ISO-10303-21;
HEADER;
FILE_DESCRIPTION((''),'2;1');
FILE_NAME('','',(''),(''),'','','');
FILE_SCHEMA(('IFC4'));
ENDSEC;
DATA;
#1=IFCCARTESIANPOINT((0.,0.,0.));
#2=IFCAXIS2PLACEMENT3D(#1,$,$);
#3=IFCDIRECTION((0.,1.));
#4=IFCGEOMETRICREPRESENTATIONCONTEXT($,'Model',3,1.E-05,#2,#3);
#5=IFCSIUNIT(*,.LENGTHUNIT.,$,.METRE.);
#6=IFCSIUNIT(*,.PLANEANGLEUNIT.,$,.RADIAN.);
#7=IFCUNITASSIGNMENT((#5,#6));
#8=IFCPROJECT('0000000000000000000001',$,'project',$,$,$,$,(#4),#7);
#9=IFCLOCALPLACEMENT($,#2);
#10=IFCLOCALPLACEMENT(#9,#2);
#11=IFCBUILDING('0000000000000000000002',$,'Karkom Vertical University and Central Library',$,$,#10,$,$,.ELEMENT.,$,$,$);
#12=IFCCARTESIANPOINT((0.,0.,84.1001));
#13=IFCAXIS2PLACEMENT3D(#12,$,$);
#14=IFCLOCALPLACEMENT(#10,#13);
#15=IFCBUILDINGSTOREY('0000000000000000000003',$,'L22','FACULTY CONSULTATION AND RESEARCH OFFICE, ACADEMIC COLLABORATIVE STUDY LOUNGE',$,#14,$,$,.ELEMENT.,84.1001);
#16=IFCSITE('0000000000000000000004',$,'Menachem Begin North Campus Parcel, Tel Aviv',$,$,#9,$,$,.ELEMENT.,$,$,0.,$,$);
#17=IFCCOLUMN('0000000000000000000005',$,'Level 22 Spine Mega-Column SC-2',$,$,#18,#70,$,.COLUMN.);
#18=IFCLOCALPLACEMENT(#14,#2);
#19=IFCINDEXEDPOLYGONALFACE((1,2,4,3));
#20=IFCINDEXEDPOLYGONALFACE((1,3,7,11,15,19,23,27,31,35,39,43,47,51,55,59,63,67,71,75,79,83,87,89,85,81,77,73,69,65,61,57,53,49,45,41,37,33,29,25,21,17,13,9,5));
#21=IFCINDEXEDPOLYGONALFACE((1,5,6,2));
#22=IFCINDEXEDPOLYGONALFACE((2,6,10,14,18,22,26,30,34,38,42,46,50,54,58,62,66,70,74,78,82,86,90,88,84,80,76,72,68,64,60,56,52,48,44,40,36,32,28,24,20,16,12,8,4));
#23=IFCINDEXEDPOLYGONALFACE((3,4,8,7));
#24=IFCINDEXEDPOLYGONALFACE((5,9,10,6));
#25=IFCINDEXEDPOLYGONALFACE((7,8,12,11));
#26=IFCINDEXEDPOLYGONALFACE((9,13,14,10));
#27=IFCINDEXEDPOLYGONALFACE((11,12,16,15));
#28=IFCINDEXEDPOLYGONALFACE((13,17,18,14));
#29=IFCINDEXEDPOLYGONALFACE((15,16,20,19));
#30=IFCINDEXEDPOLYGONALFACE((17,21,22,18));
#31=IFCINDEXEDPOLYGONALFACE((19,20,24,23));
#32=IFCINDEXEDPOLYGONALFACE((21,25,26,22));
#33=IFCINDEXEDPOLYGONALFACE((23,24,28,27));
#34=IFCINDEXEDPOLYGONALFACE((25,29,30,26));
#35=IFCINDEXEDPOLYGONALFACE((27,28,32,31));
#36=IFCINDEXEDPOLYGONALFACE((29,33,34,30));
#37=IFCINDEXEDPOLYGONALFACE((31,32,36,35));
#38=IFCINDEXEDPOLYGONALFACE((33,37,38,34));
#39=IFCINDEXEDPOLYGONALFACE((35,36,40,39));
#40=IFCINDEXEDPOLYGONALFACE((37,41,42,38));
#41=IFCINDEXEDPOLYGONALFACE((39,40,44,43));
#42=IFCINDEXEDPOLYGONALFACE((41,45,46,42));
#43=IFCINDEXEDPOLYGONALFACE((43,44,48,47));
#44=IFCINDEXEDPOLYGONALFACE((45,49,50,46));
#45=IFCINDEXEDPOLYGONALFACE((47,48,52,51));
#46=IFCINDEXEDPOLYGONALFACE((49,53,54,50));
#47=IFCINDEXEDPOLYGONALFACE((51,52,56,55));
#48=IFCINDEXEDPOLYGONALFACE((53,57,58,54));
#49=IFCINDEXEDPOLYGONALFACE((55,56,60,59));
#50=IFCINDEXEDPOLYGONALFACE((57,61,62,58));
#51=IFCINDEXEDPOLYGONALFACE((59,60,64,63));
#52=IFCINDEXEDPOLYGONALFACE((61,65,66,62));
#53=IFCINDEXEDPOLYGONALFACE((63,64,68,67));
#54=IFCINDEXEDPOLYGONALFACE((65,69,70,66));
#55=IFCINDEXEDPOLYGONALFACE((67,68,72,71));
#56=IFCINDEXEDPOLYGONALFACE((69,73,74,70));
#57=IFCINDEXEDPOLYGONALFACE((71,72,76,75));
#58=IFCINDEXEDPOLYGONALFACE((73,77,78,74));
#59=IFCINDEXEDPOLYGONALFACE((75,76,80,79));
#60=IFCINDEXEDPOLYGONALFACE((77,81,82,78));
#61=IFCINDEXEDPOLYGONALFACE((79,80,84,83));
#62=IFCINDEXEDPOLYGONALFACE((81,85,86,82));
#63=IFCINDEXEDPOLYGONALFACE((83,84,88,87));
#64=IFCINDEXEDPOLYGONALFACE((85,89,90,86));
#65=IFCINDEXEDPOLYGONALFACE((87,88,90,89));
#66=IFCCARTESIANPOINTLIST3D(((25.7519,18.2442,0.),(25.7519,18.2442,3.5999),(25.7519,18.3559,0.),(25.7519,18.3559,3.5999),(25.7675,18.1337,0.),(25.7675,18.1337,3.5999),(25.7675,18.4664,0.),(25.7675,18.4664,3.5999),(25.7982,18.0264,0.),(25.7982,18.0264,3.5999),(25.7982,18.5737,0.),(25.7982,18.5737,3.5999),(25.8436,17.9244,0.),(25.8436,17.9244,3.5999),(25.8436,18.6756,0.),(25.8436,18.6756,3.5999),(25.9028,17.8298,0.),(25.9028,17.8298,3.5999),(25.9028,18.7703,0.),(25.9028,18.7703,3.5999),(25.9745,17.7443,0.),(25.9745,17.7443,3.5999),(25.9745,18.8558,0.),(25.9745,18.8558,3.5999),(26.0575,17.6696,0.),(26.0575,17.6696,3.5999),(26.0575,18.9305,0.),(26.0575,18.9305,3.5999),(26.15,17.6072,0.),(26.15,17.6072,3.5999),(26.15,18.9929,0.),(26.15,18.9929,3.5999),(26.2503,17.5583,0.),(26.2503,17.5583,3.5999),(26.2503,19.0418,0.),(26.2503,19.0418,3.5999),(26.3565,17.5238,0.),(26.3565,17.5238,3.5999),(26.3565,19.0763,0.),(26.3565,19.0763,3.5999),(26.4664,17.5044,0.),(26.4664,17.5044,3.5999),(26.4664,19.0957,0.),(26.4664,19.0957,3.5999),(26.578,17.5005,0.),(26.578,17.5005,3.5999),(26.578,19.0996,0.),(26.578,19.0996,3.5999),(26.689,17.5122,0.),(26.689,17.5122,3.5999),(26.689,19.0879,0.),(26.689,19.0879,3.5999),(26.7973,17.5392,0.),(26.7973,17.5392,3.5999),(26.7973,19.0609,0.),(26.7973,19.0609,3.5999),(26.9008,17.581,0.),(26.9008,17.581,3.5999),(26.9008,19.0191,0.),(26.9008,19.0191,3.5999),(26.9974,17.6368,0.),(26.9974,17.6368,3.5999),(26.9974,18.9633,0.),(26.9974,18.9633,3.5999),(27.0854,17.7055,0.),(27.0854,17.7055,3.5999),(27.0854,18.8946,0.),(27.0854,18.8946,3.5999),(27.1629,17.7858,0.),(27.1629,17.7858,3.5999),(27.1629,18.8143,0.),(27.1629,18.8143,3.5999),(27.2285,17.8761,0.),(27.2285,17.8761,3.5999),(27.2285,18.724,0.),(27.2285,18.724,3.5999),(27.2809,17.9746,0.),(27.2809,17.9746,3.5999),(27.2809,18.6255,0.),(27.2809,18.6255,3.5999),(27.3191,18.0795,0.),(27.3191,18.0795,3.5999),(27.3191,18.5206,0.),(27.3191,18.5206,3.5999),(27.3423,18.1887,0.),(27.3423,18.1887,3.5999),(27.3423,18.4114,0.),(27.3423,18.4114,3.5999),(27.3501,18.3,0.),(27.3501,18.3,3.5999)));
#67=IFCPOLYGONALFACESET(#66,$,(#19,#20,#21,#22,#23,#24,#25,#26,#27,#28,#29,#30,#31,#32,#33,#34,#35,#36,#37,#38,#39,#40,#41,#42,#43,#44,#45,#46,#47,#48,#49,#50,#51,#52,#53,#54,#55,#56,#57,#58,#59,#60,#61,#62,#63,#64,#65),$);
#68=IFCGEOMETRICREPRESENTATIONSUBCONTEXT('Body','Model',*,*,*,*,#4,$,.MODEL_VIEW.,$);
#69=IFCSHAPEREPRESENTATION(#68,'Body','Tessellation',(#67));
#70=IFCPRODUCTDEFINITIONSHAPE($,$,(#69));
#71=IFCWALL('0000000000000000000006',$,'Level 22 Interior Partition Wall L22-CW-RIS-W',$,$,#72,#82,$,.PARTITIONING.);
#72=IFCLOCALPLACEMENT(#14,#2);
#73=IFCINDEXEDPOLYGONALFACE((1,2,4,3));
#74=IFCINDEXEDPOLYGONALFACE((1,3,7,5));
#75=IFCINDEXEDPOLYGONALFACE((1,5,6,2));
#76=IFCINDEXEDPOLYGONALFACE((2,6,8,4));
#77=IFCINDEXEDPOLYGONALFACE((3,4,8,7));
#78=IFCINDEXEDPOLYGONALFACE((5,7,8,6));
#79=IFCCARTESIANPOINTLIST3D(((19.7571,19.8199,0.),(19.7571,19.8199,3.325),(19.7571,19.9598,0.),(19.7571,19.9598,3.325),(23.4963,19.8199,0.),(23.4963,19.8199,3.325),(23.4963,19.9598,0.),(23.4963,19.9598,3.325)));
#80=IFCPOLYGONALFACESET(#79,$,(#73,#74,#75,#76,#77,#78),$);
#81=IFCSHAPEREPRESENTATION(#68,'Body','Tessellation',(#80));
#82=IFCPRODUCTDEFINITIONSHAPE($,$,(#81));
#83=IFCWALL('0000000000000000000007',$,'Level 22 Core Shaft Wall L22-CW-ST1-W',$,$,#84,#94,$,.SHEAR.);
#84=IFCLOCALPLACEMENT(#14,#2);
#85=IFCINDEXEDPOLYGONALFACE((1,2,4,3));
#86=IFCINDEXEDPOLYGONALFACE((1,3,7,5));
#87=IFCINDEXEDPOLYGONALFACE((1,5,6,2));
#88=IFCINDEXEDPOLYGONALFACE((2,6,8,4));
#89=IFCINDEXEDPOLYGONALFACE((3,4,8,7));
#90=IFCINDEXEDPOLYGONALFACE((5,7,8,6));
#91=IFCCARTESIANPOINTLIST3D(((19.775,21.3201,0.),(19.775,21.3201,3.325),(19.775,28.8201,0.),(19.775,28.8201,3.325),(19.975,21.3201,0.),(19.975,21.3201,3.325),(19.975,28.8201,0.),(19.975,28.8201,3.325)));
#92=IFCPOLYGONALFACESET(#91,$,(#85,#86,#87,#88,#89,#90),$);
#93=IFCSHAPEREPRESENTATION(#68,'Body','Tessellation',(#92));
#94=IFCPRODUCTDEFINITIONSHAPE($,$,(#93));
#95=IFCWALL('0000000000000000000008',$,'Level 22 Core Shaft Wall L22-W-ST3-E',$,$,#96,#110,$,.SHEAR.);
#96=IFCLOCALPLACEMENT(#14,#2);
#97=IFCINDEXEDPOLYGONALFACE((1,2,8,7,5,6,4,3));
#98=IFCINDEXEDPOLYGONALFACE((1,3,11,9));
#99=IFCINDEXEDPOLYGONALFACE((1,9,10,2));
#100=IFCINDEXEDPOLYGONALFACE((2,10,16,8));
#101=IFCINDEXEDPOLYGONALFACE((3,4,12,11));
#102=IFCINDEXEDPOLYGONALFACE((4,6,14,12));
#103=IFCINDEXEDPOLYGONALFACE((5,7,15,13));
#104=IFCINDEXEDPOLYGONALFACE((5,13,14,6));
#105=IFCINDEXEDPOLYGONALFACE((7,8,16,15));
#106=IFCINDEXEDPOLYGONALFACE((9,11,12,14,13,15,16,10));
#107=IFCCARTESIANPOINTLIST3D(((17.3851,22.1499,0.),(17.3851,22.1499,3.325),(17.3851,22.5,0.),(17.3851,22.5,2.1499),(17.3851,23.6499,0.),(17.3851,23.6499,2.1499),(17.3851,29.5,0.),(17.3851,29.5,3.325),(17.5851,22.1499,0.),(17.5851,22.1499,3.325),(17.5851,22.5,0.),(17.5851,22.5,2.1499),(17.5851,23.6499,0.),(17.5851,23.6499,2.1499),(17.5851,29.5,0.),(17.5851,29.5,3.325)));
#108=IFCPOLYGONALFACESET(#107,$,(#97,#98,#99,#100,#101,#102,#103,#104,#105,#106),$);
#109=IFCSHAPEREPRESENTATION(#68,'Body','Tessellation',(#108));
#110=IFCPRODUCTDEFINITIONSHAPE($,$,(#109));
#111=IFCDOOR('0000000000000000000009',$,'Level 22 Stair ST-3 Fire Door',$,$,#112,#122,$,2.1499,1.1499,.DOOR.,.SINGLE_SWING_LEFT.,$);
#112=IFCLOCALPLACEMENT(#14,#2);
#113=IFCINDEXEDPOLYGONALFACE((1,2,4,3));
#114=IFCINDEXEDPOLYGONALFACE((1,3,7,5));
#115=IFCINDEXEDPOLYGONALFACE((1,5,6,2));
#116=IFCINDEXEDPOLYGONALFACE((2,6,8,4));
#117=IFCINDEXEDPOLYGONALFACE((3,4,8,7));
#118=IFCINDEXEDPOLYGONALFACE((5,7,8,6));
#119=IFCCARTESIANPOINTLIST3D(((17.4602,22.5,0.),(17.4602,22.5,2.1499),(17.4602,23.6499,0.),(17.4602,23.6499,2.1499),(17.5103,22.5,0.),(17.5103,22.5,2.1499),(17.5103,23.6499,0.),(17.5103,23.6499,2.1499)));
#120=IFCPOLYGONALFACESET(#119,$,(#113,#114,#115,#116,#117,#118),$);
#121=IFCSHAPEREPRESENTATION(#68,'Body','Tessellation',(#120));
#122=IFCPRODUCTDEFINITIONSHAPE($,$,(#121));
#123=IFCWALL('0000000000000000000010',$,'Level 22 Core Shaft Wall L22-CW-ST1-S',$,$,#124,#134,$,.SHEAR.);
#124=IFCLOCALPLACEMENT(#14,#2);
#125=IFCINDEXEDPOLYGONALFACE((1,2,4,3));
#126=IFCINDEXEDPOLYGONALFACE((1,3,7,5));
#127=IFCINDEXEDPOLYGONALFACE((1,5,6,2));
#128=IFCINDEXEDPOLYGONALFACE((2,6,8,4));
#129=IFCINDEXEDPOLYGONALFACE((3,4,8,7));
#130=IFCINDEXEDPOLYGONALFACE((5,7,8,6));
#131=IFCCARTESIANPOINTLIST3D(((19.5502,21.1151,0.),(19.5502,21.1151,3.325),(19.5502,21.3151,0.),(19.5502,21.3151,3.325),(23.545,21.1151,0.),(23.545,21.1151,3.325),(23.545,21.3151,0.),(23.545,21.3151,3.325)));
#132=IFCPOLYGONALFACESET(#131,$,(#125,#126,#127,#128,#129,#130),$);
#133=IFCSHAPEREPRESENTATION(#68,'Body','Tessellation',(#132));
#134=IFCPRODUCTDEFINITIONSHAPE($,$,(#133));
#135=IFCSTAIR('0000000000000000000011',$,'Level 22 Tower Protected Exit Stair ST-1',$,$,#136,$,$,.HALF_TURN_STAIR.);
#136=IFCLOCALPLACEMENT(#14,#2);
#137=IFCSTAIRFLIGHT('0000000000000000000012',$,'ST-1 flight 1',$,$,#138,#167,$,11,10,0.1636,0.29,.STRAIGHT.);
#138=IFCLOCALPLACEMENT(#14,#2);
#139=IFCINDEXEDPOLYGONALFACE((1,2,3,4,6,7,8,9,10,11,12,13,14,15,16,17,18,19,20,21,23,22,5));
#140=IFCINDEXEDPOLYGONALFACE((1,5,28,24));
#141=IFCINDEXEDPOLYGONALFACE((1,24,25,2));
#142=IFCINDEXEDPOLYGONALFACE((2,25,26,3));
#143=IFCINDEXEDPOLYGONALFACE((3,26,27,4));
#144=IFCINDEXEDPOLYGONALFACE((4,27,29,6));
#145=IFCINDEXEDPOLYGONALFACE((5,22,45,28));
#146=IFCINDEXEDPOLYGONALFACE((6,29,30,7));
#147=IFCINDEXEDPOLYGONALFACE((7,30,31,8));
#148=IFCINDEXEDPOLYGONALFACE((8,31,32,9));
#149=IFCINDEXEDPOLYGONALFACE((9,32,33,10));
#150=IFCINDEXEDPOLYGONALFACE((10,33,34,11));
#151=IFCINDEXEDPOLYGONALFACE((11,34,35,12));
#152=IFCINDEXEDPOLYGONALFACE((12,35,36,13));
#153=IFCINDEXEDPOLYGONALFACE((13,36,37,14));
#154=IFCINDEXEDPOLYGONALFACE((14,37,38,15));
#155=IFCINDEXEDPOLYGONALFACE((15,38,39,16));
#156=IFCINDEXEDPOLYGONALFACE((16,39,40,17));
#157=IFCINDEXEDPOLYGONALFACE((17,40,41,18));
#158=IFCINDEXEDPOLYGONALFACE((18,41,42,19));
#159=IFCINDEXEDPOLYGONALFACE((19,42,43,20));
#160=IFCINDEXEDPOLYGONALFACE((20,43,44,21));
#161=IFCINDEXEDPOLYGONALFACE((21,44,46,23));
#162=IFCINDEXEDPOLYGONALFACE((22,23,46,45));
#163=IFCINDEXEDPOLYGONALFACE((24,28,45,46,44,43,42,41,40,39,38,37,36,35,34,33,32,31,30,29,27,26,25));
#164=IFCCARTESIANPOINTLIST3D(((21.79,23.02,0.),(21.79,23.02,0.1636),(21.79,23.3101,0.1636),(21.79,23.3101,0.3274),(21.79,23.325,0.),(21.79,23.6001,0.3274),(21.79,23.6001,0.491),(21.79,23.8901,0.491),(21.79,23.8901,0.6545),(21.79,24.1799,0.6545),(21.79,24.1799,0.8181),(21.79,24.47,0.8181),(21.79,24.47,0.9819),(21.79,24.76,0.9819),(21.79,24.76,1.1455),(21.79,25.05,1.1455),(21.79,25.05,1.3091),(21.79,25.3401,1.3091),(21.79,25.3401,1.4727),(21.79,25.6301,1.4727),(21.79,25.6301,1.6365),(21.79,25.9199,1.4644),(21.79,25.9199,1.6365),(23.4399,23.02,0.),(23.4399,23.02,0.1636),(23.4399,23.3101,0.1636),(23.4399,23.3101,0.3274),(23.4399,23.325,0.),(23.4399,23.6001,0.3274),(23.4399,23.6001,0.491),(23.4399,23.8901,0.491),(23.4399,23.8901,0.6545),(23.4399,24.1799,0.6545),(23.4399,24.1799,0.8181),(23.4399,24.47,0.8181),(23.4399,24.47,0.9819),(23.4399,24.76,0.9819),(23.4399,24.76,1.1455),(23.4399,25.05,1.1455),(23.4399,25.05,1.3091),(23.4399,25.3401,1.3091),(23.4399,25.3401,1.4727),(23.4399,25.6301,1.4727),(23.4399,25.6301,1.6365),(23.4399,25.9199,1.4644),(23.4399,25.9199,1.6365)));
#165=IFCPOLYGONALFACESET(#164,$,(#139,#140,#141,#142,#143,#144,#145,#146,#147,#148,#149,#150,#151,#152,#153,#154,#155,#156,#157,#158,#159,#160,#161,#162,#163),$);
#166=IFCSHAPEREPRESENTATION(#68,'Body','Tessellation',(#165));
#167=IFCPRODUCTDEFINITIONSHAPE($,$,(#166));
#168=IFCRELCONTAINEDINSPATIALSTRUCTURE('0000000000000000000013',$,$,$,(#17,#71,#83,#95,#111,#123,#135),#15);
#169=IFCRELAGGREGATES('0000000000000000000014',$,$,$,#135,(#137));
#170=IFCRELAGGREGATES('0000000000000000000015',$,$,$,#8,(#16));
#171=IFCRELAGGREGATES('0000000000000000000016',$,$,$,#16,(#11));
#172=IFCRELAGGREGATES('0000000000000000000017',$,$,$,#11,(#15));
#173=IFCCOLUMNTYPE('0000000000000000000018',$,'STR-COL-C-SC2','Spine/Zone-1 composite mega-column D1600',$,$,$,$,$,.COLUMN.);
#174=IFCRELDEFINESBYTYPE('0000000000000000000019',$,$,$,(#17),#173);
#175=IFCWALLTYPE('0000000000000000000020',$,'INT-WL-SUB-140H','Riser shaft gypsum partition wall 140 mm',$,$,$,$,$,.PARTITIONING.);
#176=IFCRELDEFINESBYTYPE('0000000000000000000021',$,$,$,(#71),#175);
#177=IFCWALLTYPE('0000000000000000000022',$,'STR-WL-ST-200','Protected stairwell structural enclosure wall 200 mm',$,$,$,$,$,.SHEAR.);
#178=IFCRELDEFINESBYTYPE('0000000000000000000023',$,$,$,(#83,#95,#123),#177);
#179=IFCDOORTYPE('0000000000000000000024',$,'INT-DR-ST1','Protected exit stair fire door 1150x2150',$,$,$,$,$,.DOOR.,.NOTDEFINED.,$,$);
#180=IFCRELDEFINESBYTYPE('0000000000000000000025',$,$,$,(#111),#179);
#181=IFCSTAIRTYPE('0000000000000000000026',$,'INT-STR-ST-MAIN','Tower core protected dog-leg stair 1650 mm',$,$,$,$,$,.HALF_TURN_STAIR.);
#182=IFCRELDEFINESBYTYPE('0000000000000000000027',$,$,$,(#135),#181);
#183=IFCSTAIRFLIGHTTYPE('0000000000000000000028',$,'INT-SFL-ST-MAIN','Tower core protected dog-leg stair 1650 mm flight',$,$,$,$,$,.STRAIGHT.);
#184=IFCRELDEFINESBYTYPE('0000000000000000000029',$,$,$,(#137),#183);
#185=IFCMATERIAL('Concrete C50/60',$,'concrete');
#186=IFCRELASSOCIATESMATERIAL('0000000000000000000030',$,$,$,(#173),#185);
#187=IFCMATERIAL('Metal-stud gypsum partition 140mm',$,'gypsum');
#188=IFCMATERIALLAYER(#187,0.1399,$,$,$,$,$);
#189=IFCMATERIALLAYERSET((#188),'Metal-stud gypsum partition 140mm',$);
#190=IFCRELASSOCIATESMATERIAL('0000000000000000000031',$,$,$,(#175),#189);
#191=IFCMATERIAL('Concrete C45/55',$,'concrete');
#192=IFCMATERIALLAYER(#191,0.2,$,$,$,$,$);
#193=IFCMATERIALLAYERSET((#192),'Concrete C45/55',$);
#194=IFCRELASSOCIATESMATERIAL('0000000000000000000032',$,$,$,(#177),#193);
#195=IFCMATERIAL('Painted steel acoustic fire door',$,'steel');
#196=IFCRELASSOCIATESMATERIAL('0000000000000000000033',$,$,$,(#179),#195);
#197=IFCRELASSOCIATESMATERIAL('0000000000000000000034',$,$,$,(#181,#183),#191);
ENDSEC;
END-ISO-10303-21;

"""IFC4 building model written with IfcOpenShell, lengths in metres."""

from ifc_helpers import new_model, si_unit, direction, frame, frame_2d, origin, origin_with_axes, origin_2d, place, context, subcontext, project, spatial, polyline, rectangle, circle, outline, extrude, source, transform, mapped, material, layer, layer_set, material_profile, profile_set, type_object, element, fill, aggregate, save


model = new_model("IFC4")

# Units and contexts
model_context = context("Model", 3, precision=1e-05, world=origin(), true_north=direction((0.0, 1.0)))
body_context = subcontext(model_context, "Body", "Model", "MODEL_VIEW")
ifc_project = project(units=[si_unit("LENGTHUNIT", "METRE"), si_unit("PLANEANGLEUNIT", "RADIAN")], contexts=[model_context])

# Site, building, storey
site_placement = place(None, origin())
site = spatial("IfcSite", under=ifc_project, at=site_placement, Name="Menachem Begin North Campus Parcel, Tel Aviv", CompositionType="ELEMENT", RefElevation=0.0)
building_placement = place(site_placement, origin())
building = spatial("IfcBuilding", under=site, at=building_placement, Name="Karkom Vertical University and Central Library", CompositionType="ELEMENT")
storey_placement = place(building_placement, frame((0.0, 0.0, 84.1001)))
storey = spatial("IfcBuildingStorey", under=building, at=storey_placement, Name="L22", Description="FACULTY CONSULTATION AND RESEARCH OFFICE, ACADEMIC COLLABORATIVE STUDY LOUNGE", CompositionType="ELEMENT", Elevation=84.1001)

# Column
ifc_material_1 = material(Name="Concrete C50/60", Category="concrete")
ifc_material_profile = material_profile(ifc_material_1, circle(Radius=0.8, at=origin_2d()), Name="CFT-D1600")
ifc_profile_set = profile_set([ifc_material_profile], Name="Concrete C50/60")
column_type = type_object("IfcColumnType", Name="STR-COL-C-SC2", Description="Spine/Zone-1 composite mega-column D1600", PredefinedType="COLUMN", material=ifc_profile_set)
shared_shape_1 = source(origin_with_axes(), body_context, "Body", "SweptSolid", [
    extrude(circle(Radius=0.8, at=origin_2d()), origin(), (0.0, 0.0, 1.0), 3.5999),
])
column_placement = place(storey_placement, frame((26.55, 18.3, 0.0), z_axis=(0.0, 0.0, 1.0), x_axis=(1.0, 0.0, 0.0)))
element("IfcColumn", 1, at=column_placement, inside=storey, type_object=column_type, Name="Level 22 Spine Mega-Column SC-2", PredefinedType="COLUMN", context=body_context, shape_type="MappedRepresentation", body=[
    mapped(shared_shape_1, transform((0.0, 0.0, 0.0), scale=1.0)),
])

# Wall
ifc_material_2 = material(Name="Metal-stud gypsum partition 140mm", Category="gypsum")
ifc_layer_1 = layer(ifc_material_2, 0.1399)
ifc_layer_set_1 = layer_set([ifc_layer_1], Name="Metal-stud gypsum partition 140mm")
wall_type_1 = type_object("IfcWallType", Name="INT-WL-SUB-140H", Description="Riser shaft gypsum partition wall 140 mm", PredefinedType="PARTITIONING", material=ifc_layer_set_1)
wall_1_placement = place(storey_placement, frame((19.7571, 19.8899, 0.0), z_axis=(0.0, 0.0, 1.0), x_axis=(1.0, 0.0, 0.0)))
element("IfcWall", 2, at=wall_1_placement, inside=storey, type_object=wall_type_1, Name="Level 22 Interior Partition Wall L22-CW-RIS-W", PredefinedType="PARTITIONING", context=body_context, shape_type="SweptSolid", body=[
    extrude(rectangle(XDim=3.7393, YDim=0.1399, at=frame_2d((1.8696, 0.0))), origin(), (0.0, 0.0, 1.0), 3.325),
])

# Shared definitions
ifc_material_3 = material(Name="Concrete C45/55", Category="concrete")
ifc_layer_2 = layer(ifc_material_3, 0.2)
ifc_layer_set_2 = layer_set([ifc_layer_2], Name="Concrete C45/55")
wall_type_2 = type_object("IfcWallType", Name="STR-WL-ST-200", Description="Protected stairwell structural enclosure wall 200 mm", PredefinedType="SHEAR", material=ifc_layer_set_2)
ifc_material_4 = material(Name="Painted steel acoustic fire door", Category="steel")
door_type_1 = type_object("IfcDoorType", Name="INT-DR-ST1", Description="Protected exit stair fire door 1150x2150", OperationType="NOTDEFINED", PredefinedType="DOOR", material=ifc_material_4)
shared_shape_2 = source(origin_with_axes(), body_context, "Body", "SweptSolid", [
    extrude(rectangle(XDim=1.1499, YDim=2.1499, at=frame_2d((0.575, 1.075))), frame((0.0, 0.0249, 0.0), z_axis=(0.0, -1.0, 0.0), x_axis=(1.0, 0.0, 0.0)), (0.0, 0.0, 1.0), 0.05),
])

# Wall
wall_2_placement = place(storey_placement, frame((19.875, 21.3201, 0.0), z_axis=(0.0, 0.0, 1.0), x_axis=(0.0, 1.0, 0.0)))
element("IfcWall", 3, at=wall_2_placement, inside=storey, type_object=wall_type_2, Name="Level 22 Core Shaft Wall L22-CW-ST1-W", PredefinedType="SHEAR", context=body_context, shape_type="SweptSolid", body=[
    extrude(rectangle(XDim=7.5, YDim=0.2, at=frame_2d((3.75, 0.0))), origin(), (0.0, 0.0, 1.0), 3.325),
])

# Wall, opening, door
wall_3_placement = place(storey_placement, frame((17.4851, 22.1499, 0.0), z_axis=(0.0, 0.0, 1.0), x_axis=(0.0, 1.0, 0.0)))
wall_3 = element("IfcWall", 4, at=wall_3_placement, inside=storey, type_object=wall_type_2, Name="Level 22 Core Shaft Wall L22-W-ST3-E", PredefinedType="SHEAR", context=body_context, shape_type="SweptSolid", body=[
    extrude(rectangle(XDim=7.3501, YDim=0.2, at=frame_2d((3.675, 0.0))), origin(), (0.0, 0.0, 1.0), 3.325),
])
opening_1_placement = place(wall_3_placement, frame((0.3501, 0.0, 0.0)))
opening_1 = element("IfcOpeningElement", 5, at=opening_1_placement, cuts=wall_3, PredefinedType="OPENING", context=body_context, shape_type="SweptSolid", body=[
    extrude(rectangle(XDim=1.1499, YDim=2.1499, at=frame_2d((0.575, 1.075))), frame((0.0, 0.1099, 0.0), z_axis=(0.0, -1.0, 0.0), x_axis=(1.0, 0.0, 0.0)), (0.0, 0.0, 1.0), 0.22),
])
door_1_placement = place(opening_1_placement, origin())
door_1 = element("IfcDoor", 6, at=door_1_placement, inside=storey, type_object=door_type_1, Name="Level 22 Stair ST-3 Fire Door", OperationType="SINGLE_SWING_LEFT", OverallHeight=2.1499, OverallWidth=1.1499, PredefinedType="DOOR", context=body_context, shape_type="MappedRepresentation", body=[
    mapped(shared_shape_2, transform((0.0, 0.0, 0.0), scale=1.0)),
])
fill(opening_1, door_1)

# Wall
wall_4_placement = place(storey_placement, frame((19.55, 21.2151, 0.0), z_axis=(0.0, 0.0, 1.0), x_axis=(1.0, 0.0, 0.0)))
element("IfcWall", 7, at=wall_4_placement, inside=storey, type_object=wall_type_2, Name="Level 22 Core Shaft Wall L22-CW-ST1-S", PredefinedType="SHEAR", context=body_context, shape_type="SweptSolid", body=[
    extrude(rectangle(XDim=3.9949, YDim=0.2, at=frame_2d((1.9976, 0.0))), origin(), (0.0, 0.0, 1.0), 3.325),
])

# Stair, stair flight
stair_type = type_object("IfcStairType", Name="INT-STR-ST-MAIN", Description="Tower core protected dog-leg stair 1650 mm", PredefinedType="HALF_TURN_STAIR", material=ifc_material_3)
stair_placement = place(storey_placement, origin())
stair = element("IfcStair", 8, at=stair_placement, inside=storey, type_object=stair_type, Name="Level 22 Tower Protected Exit Stair ST-1", PredefinedType="HALF_TURN_STAIR")
stair_flight_type = type_object("IfcStairFlightType", Name="INT-SFL-ST-MAIN", Description="Tower core protected dog-leg stair 1650 mm flight", PredefinedType="STRAIGHT", material=ifc_material_3)
stair_flight_placement = place(storey_placement, frame((22.615, 23.02, 0.0), z_axis=(0.0, 0.0, 1.0), x_axis=(0.0, 1.0, 0.0)))
stair_flight = element("IfcStairFlight", 9, at=stair_flight_placement, type_object=stair_flight_type, Name="ST-1 flight 1", NumberOfRisers=11, NumberOfTreads=10, PredefinedType="STRAIGHT", RiserHeight=0.1636, TreadLength=0.29, context=body_context, shape_type="SweptSolid", body=[
    extrude(outline(polyline([(0.0, 0.0), (0.0, 0.1636), (0.29, 0.1636), (0.29, 0.3274), (0.5801, 0.3274), (0.5801, 0.491), (0.8701, 0.491), (0.8701, 0.6545), (1.1599, 0.6545), (1.1599, 0.8181), (1.45, 0.8181), (1.45, 0.9819), (1.74, 0.9819), (1.74, 1.1455), (2.03, 1.1455), (2.03, 1.3091), (2.3201, 1.3091), (2.3201, 1.4727), (2.6101, 1.4727), (2.6101, 1.6365), (2.8999, 1.6365), (2.8999, 1.8), (2.8999, 1.4644), (0.3049, 0.0), (0.0, 0.0)])), frame((0.0, 0.825, 0.0), z_axis=(0.0, -1.0, 0.0), x_axis=(1.0, 0.0, 0.0)), (0.0, 0.0, 1.0), 1.6499),
])
aggregate(stair, [stair_flight])

save(model, "model.ifc")
